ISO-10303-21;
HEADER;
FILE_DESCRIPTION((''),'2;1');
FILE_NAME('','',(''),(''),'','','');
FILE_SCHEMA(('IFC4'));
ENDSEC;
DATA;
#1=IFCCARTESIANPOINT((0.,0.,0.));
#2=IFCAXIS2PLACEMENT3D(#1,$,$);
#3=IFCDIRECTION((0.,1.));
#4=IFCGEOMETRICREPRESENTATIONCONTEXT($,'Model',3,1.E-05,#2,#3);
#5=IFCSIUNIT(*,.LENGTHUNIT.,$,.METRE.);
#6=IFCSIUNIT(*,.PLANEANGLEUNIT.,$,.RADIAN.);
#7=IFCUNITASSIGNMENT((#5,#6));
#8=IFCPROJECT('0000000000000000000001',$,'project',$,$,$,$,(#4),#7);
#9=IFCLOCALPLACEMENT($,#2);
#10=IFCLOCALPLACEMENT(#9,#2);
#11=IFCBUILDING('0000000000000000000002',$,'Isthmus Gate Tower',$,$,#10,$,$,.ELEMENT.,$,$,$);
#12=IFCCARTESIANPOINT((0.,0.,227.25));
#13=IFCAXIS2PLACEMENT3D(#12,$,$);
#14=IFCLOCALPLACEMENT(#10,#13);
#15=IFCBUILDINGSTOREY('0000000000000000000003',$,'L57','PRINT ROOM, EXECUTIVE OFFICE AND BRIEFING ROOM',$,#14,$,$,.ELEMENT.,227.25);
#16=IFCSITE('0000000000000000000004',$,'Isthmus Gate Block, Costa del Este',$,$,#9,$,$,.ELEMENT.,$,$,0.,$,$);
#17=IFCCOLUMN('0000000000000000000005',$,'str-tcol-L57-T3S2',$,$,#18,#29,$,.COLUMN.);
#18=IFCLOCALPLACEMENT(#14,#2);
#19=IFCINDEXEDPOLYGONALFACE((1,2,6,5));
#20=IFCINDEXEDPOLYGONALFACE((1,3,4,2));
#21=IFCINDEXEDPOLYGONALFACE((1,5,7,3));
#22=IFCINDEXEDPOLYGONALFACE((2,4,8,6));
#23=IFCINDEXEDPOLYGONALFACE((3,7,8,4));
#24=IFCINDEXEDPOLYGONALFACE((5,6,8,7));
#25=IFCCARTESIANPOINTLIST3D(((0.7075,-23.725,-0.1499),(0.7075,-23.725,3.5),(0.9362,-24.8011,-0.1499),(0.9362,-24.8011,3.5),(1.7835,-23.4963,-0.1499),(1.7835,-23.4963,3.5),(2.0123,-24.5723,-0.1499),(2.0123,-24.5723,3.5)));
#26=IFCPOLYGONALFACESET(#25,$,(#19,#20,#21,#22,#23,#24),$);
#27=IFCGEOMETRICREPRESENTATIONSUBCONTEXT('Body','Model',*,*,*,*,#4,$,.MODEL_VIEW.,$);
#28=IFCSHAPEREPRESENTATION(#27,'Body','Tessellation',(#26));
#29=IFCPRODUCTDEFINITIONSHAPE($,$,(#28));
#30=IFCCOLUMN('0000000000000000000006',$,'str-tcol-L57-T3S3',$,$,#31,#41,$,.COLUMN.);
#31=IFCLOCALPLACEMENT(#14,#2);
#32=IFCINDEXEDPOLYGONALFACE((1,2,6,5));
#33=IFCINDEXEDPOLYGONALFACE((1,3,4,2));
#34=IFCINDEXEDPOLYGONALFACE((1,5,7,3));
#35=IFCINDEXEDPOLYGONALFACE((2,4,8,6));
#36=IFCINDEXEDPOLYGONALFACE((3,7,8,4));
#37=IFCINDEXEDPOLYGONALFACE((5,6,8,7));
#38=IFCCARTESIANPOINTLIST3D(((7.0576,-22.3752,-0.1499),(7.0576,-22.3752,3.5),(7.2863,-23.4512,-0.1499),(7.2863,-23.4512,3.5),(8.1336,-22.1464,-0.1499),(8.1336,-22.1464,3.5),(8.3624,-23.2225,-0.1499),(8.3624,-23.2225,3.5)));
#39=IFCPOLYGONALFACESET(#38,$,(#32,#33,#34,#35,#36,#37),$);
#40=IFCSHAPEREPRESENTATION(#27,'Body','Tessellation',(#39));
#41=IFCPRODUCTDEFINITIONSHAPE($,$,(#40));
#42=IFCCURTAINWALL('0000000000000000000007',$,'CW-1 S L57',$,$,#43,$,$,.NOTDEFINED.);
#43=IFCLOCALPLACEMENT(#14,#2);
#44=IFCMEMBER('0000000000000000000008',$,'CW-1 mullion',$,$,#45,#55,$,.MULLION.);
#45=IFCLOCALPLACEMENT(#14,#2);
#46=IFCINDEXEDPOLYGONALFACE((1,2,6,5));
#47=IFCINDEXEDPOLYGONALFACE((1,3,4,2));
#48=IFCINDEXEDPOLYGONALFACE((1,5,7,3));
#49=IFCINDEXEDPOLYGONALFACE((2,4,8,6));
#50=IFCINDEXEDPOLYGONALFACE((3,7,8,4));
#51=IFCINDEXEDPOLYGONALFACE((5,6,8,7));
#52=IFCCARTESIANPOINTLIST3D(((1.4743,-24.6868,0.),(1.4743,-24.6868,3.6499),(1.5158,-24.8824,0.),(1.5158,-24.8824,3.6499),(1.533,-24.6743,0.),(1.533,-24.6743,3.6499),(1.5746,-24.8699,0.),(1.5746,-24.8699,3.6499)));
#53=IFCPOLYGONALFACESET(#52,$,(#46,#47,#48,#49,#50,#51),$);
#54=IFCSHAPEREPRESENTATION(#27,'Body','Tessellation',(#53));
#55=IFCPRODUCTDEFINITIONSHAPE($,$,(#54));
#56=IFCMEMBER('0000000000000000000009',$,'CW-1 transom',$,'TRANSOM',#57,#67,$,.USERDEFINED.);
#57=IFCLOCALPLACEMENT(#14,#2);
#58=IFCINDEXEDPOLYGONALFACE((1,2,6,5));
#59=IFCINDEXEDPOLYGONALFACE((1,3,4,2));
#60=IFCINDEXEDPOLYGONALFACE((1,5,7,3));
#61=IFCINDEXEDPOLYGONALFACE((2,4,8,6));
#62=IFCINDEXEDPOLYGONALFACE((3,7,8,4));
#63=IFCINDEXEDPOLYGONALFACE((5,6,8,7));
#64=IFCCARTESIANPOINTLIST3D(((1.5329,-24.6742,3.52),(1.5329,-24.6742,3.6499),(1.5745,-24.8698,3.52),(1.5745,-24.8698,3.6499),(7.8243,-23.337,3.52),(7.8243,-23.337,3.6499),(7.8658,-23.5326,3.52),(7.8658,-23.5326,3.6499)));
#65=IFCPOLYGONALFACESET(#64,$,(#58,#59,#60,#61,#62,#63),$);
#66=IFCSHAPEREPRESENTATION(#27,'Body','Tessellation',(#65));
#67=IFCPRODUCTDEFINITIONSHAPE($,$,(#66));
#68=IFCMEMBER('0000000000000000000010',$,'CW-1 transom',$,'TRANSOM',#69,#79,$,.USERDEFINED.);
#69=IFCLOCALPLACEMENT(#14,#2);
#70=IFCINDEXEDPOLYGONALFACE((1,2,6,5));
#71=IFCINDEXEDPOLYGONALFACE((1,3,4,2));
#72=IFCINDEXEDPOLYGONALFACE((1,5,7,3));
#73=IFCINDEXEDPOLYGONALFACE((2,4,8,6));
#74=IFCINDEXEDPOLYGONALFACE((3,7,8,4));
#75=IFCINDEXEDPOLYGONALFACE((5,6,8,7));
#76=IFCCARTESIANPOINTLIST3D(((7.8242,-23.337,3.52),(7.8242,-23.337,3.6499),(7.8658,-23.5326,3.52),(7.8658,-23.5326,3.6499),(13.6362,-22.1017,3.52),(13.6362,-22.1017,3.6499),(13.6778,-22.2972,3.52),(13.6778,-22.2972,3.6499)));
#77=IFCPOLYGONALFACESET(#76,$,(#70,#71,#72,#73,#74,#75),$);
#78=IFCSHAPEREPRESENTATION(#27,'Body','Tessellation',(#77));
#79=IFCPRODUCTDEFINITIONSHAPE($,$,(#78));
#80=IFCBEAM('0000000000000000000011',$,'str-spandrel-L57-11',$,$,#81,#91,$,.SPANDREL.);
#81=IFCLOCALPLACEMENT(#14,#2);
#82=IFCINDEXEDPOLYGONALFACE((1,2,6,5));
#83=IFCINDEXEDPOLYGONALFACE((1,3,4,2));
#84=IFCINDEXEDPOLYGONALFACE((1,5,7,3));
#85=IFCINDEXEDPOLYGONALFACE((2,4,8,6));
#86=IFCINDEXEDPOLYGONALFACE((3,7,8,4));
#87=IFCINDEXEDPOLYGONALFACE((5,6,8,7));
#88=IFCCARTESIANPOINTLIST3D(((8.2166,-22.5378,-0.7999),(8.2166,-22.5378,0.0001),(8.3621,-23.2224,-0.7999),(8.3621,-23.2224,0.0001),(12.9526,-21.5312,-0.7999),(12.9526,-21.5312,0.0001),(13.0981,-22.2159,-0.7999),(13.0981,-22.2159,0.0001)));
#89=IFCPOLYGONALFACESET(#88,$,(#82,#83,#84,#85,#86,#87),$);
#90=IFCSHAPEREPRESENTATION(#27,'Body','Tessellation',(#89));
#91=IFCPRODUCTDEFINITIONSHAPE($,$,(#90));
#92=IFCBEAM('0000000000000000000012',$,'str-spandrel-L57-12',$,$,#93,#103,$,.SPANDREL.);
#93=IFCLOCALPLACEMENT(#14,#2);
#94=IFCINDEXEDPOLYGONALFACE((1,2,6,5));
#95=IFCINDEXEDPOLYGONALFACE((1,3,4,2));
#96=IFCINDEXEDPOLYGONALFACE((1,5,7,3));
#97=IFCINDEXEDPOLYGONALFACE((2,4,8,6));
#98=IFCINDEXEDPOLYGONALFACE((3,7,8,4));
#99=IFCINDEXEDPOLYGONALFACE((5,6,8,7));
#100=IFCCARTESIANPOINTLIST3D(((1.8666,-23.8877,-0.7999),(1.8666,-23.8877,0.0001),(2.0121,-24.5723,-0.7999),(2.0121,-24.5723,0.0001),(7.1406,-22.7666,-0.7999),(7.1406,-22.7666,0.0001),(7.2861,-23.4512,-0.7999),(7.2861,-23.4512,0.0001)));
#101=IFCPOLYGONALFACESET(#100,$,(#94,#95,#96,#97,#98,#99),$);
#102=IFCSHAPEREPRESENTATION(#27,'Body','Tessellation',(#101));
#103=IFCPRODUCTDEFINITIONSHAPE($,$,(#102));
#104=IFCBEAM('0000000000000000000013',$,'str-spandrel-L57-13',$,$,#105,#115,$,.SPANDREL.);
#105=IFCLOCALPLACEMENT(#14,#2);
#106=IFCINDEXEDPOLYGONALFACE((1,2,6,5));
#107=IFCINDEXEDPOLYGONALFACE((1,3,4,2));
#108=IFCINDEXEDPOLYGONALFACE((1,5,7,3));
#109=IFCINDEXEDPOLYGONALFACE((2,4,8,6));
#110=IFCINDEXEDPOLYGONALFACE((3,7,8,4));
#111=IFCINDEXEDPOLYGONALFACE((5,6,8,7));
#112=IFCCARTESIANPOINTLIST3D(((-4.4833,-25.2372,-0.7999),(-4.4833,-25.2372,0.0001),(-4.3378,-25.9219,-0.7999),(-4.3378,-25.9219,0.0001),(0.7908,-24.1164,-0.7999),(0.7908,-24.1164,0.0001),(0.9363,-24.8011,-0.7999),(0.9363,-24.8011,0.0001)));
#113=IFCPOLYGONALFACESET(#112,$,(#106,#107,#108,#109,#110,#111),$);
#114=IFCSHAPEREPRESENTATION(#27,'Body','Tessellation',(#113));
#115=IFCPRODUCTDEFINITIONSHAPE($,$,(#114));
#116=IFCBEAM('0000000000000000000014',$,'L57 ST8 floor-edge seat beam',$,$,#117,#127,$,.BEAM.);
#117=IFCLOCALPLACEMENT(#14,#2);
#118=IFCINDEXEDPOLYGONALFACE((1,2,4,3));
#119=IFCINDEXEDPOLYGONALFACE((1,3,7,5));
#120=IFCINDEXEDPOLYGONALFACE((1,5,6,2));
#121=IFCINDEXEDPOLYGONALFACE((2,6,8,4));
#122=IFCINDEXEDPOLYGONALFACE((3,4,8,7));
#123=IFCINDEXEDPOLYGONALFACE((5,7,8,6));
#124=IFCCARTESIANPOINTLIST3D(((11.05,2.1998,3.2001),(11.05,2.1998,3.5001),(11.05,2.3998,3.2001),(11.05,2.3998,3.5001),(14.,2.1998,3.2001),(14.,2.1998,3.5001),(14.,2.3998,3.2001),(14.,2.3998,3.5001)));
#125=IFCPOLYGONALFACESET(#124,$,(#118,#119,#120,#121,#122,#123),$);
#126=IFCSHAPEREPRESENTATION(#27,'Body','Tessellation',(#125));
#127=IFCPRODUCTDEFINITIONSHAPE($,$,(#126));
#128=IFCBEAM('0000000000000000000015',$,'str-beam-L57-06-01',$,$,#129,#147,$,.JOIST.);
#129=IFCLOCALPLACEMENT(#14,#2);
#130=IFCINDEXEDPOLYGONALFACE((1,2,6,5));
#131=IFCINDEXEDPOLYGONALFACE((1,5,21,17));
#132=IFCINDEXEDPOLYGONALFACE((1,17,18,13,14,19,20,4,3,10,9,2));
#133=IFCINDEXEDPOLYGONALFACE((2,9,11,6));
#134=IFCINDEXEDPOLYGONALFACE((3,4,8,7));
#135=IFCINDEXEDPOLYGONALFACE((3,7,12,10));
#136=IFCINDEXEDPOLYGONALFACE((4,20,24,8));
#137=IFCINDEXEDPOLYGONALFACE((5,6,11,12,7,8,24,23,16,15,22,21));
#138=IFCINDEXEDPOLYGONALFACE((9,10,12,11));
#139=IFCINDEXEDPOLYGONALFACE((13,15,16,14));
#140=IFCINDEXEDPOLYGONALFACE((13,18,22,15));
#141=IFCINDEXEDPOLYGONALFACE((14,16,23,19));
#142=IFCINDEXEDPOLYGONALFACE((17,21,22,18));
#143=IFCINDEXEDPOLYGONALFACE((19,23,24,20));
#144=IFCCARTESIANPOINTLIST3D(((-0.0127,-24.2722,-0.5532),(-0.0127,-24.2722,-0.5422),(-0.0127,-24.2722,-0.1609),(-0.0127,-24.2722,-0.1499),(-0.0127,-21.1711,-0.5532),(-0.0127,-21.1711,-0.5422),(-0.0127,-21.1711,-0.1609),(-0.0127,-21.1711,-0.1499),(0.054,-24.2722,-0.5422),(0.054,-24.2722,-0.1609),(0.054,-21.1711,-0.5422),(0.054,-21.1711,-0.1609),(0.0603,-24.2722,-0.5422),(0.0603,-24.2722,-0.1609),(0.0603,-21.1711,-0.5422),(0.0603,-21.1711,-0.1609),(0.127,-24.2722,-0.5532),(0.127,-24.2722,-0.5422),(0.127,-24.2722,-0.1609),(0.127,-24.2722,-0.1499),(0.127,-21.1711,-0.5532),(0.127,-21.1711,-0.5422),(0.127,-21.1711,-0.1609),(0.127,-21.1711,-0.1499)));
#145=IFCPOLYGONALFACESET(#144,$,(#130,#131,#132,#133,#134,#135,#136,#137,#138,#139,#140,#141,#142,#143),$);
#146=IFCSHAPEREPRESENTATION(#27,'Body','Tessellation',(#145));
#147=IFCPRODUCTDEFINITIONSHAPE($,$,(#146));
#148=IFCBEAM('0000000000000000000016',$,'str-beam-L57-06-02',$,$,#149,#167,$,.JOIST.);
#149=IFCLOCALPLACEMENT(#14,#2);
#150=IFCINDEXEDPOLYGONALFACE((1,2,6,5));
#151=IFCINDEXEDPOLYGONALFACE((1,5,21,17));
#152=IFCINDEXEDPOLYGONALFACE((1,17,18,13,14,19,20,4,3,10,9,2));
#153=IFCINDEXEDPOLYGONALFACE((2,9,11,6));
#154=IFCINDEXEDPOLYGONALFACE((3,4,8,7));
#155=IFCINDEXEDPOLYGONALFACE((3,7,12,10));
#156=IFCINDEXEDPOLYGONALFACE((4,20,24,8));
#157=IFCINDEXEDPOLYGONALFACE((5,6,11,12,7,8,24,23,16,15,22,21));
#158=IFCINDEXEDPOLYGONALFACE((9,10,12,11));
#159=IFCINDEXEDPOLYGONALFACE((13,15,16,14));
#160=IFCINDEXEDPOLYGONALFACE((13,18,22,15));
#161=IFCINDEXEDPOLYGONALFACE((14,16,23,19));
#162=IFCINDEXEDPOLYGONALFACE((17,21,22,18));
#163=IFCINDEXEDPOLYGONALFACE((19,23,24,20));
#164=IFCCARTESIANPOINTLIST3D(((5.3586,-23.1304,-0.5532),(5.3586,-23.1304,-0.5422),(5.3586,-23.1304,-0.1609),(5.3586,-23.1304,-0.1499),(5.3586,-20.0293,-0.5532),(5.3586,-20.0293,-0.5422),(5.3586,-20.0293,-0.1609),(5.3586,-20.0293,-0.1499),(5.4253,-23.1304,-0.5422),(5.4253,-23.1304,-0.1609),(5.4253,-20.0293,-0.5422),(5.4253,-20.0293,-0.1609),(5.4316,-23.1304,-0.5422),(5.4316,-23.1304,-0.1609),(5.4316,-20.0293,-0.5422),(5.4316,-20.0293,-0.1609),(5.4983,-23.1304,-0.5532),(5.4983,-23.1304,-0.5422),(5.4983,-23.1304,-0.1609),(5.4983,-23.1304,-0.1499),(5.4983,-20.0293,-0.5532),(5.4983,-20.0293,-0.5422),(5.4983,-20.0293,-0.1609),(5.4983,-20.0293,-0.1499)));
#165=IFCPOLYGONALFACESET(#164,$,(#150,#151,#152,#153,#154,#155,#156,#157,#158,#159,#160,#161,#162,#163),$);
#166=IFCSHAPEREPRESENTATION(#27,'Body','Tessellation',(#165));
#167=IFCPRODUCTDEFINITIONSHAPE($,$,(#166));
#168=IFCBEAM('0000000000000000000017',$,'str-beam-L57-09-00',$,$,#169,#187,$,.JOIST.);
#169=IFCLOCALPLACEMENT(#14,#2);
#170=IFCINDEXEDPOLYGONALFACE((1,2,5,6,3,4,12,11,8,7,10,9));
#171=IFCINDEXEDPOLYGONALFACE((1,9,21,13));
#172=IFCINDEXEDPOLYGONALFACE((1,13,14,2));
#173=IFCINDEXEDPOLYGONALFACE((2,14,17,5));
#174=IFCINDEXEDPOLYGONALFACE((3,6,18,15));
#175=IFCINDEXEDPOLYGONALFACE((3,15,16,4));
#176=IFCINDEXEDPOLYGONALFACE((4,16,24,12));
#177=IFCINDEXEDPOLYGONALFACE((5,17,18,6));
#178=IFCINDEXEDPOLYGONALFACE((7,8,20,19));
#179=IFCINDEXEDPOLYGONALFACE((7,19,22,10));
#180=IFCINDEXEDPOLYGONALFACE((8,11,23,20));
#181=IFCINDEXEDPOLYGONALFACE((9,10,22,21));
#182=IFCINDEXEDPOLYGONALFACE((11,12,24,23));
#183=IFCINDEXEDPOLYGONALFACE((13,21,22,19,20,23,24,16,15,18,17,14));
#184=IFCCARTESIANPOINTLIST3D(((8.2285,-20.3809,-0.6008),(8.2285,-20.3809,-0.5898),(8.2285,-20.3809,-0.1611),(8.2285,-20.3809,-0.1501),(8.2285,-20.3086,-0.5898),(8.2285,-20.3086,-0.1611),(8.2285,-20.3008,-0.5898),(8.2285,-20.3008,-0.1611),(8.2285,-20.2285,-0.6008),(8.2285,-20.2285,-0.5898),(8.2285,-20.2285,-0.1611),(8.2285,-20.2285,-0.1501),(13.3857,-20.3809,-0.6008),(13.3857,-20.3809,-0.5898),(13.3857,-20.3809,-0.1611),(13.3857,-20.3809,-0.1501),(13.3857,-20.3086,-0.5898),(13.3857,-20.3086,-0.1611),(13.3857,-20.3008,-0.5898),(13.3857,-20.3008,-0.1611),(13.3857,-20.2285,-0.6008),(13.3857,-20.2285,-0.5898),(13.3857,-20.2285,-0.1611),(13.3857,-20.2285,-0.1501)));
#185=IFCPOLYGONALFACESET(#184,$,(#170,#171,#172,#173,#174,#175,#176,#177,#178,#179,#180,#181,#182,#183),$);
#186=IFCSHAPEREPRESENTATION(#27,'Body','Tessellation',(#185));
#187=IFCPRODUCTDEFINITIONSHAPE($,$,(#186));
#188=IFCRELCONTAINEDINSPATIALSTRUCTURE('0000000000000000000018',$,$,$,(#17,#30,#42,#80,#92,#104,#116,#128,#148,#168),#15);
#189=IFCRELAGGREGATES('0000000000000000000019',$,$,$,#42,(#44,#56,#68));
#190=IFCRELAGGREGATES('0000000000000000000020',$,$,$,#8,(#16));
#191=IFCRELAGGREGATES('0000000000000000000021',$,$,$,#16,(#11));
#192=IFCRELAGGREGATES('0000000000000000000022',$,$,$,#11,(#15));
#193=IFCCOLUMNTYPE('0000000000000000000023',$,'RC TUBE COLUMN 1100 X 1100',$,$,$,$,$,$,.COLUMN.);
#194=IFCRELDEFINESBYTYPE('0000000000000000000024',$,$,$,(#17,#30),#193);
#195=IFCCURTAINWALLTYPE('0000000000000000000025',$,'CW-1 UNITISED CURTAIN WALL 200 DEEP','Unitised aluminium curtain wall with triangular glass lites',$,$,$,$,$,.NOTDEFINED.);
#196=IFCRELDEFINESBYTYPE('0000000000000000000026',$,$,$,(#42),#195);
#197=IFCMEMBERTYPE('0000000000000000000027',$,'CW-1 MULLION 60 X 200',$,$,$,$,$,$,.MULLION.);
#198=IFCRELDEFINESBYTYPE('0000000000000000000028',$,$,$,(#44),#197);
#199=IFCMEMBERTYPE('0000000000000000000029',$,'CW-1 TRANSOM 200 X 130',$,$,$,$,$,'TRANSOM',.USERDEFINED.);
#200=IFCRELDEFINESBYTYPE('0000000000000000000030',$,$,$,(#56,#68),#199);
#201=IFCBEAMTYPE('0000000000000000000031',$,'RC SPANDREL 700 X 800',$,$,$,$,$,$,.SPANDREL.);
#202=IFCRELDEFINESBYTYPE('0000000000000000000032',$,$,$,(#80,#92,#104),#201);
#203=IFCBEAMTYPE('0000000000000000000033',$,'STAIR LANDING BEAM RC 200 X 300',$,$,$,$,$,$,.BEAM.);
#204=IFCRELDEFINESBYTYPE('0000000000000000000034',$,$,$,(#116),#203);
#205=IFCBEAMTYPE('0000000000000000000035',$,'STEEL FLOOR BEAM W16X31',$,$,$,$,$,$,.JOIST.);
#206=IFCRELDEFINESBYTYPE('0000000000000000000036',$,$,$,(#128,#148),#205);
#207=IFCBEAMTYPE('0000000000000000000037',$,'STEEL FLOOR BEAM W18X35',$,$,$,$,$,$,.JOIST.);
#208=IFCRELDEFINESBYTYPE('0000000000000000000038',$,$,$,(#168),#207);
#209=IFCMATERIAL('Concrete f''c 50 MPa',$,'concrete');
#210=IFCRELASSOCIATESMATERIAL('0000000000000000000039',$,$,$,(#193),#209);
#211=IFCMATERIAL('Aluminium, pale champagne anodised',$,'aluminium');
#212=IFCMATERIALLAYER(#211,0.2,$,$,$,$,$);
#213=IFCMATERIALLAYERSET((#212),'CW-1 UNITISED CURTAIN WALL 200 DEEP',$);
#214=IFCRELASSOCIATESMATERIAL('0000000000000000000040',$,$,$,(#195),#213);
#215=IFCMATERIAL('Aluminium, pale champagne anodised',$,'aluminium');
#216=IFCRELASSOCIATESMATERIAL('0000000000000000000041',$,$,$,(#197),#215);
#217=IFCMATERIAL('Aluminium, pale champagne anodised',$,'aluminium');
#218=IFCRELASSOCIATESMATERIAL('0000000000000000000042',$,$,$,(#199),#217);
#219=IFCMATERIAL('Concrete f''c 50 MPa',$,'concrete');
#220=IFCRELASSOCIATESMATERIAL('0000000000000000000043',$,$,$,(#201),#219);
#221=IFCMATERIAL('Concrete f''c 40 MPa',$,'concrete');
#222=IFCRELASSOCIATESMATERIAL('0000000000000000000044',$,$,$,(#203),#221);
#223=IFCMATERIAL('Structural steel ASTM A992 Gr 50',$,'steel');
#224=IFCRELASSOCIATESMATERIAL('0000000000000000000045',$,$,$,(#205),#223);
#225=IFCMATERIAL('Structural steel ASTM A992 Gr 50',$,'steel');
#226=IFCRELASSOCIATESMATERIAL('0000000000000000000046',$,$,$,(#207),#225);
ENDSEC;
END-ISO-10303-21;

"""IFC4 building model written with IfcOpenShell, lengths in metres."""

from ifc_helpers import new_model, si_unit, direction, frame, origin, origin_2d, place, context, subcontext, project, spatial, rectangle, i_section, extrude, material, layer, layer_set, material_profile, profile_set, type_object, element, aggregate, save


model = new_model("IFC4")

# Units and contexts
model_context = context("Model", 3, precision=1e-05, world=origin(), true_north=direction((0.0, 1.0)))
body_context = subcontext(model_context, "Body", "Model", "MODEL_VIEW")
ifc_project = project(units=[si_unit("LENGTHUNIT", "METRE"), si_unit("PLANEANGLEUNIT", "RADIAN")], contexts=[model_context])

# Site, building, storey
site_placement = place(None, origin())
site = spatial("IfcSite", under=ifc_project, at=site_placement, Name="Isthmus Gate Block, Costa del Este", CompositionType="ELEMENT", RefElevation=0.0)
building_placement = place(site_placement, origin())
building = spatial("IfcBuilding", under=site, at=building_placement, Name="Isthmus Gate Tower", CompositionType="ELEMENT")
storey_placement = place(building_placement, frame((0.0, 0.0, 227.25)))
storey = spatial("IfcBuildingStorey", under=building, at=storey_placement, Name="L57", Description="PRINT ROOM, EXECUTIVE OFFICE AND BRIEFING ROOM", CompositionType="ELEMENT", Elevation=227.25)

# Columns
ifc_material_1 = material(Name="Concrete f'c 50 MPa", Category="concrete")
ifc_material_profile_1 = material_profile(ifc_material_1, rectangle(XDim=1.1001, YDim=1.1001, at=origin_2d()), Name="RC 1100X1100")
ifc_profile_set_1 = profile_set([ifc_material_profile_1], Name="Concrete f'c 50 MPa")
column_type = type_object("IfcColumnType", Name="RC TUBE COLUMN 1100 X 1100", PredefinedType="COLUMN", material=ifc_profile_set_1)
for number, where, z_axis, x_axis, name in (
    (1, (1.3599, -24.1487, -0.1499), (0.0, 0.0, 1.0), (0.978148, 0.207912, 0.0), "str-tcol-L57-T3S2"),
    (2, (7.71, -22.7988, -0.1499), (0.0, 0.0, 1.0), (0.978148, 0.207912, 0.0), "str-tcol-L57-T3S3"),
):
    element("IfcColumn", number, at=place(storey_placement, frame(where, z_axis=z_axis, x_axis=x_axis)), inside=storey, type_object=column_type, Name=name, PredefinedType="COLUMN", context=body_context, shape_type="SweptSolid", body=[
        extrude(rectangle(XDim=1.1001, YDim=1.1001, at=origin_2d()), origin(), (0.0, 0.0, 1.0), 3.6499),
    ])

# Curtain wall, members
ifc_material_2 = material(Name="Aluminium, pale champagne anodised", Category="aluminium")
ifc_layer_1 = layer(ifc_material_2, 0.2)
ifc_layer_set_1 = layer_set([ifc_layer_1], Name="CW-1 UNITISED CURTAIN WALL 200 DEEP")
curtain_wall_type = type_object("IfcCurtainWallType", Name="CW-1 UNITISED CURTAIN WALL 200 DEEP", Description="Unitised aluminium curtain wall with triangular glass lites", PredefinedType="NOTDEFINED", material=ifc_layer_set_1)
curtain_wall_placement = place(storey_placement, origin())
curtain_wall = element("IfcCurtainWall", 3, at=curtain_wall_placement, inside=storey, type_object=curtain_wall_type, Name="CW-1 S L57", PredefinedType="NOTDEFINED")
ifc_material_3 = material(Name="Aluminium, pale champagne anodised", Category="aluminium")
ifc_material_profile_2 = material_profile(ifc_material_3, rectangle(XDim=0.0601, YDim=0.2, at=origin_2d()), Name="60x200")
ifc_profile_set_2 = profile_set([ifc_material_profile_2], Name="Aluminium, pale champagne anodised")
member_type_1 = type_object("IfcMemberType", Name="CW-1 MULLION 60 X 200", PredefinedType="MULLION", material=ifc_profile_set_2)
member_1_placement = place(storey_placement, frame((1.5244, -24.7783, 0.0), z_axis=(0.0, 0.0, 1.0), x_axis=(0.978148, 0.207912, 0.0)))
member_1 = element("IfcMember", 4, at=member_1_placement, type_object=member_type_1, Name="CW-1 mullion", PredefinedType="MULLION", context=body_context, shape_type="SweptSolid", body=[
    extrude(rectangle(XDim=0.0601, YDim=0.2, at=origin_2d()), origin(), (0.0, 0.0, 1.0), 3.6499),
])
ifc_material_4 = material(Name="Aluminium, pale champagne anodised", Category="aluminium")
ifc_material_profile_3 = material_profile(ifc_material_4, rectangle(XDim=0.2, YDim=0.1299, at=origin_2d()), Name="200x130")
ifc_profile_set_3 = profile_set([ifc_material_profile_3], Name="Aluminium, pale champagne anodised")
member_type_2 = type_object("IfcMemberType", Name="CW-1 TRANSOM 200 X 130", ElementType="TRANSOM", PredefinedType="USERDEFINED", material=ifc_profile_set_3)
member_2_placement = place(storey_placement, frame((1.5537, -24.772, 3.585), z_axis=(0.97815, 0.207898, 0.0), x_axis=(-0.207898, 0.97815, 0.0)))
member_2 = element("IfcMember", 5, at=member_2_placement, type_object=member_type_2, Name="CW-1 transom", ObjectType="TRANSOM", PredefinedType="USERDEFINED", context=body_context, shape_type="SweptSolid", body=[
    extrude(rectangle(XDim=0.2, YDim=0.1299, at=origin_2d()), origin(), (0.0, 0.0, 1.0), 6.4319),
])
member_3_placement = place(storey_placement, frame((7.845, -23.4348, 3.585), z_axis=(0.978149, 0.207907, 0.0), x_axis=(-0.207907, 0.978149, 0.0)))
member_3 = element("IfcMember", 6, at=member_3_placement, type_object=member_type_2, Name="CW-1 transom", ObjectType="TRANSOM", PredefinedType="USERDEFINED", context=body_context, shape_type="SweptSolid", body=[
    extrude(rectangle(XDim=0.2, YDim=0.1299, at=origin_2d()), origin(), (0.0, 0.0, 1.0), 5.9419),
])

# Beams
ifc_material_5 = material(Name="Concrete f'c 50 MPa", Category="concrete")
ifc_material_profile_4 = material_profile(ifc_material_5, rectangle(XDim=0.7, YDim=0.8, at=origin_2d()), Name="RC 700X800")
ifc_profile_set_4 = profile_set([ifc_material_profile_4], Name="Concrete f'c 50 MPa")
beam_type_1 = type_object("IfcBeamType", Name="RC SPANDREL 700 X 800", PredefinedType="SPANDREL", material=ifc_profile_set_4)
beam_1_placement = place(storey_placement, frame((13.0254, -21.8735, -0.3999), z_axis=(-0.978152, -0.207893, 0.0), x_axis=(0.207893, -0.978152, 0.0)))
element("IfcBeam", 7, at=beam_1_placement, inside=storey, type_object=beam_type_1, Name="str-spandrel-L57-11", PredefinedType="SPANDREL", context=body_context, shape_type="SweptSolid", body=[
    extrude(rectangle(XDim=0.7, YDim=0.8, at=origin_2d()), origin(), (0.0, 0.0, 1.0), 4.8418),
])
for number, where, z_axis, x_axis, name in (
    (8, (7.2134, -23.1089, -0.3999), (-0.978144, -0.207927, 0.0), (0.207927, -0.978144, 0.0), "str-spandrel-L57-12"),
    (9, (0.8635, -24.4587, -0.3999), (-0.978156, -0.207874, 0.0), (0.207874, -0.978156, 0.0), "str-spandrel-L57-13"),
):
    element("IfcBeam", number, at=place(storey_placement, frame(where, z_axis=z_axis, x_axis=x_axis)), inside=storey, type_object=beam_type_1, Name=name, PredefinedType="SPANDREL", context=body_context, shape_type="SweptSolid", body=[
        extrude(rectangle(XDim=0.7, YDim=0.8, at=origin_2d()), origin(), (0.0, 0.0, 1.0), 5.3918),
    ])
ifc_material_6 = material(Name="Concrete f'c 40 MPa", Category="concrete")
ifc_material_profile_5 = material_profile(ifc_material_6, rectangle(XDim=0.2, YDim=0.3, at=origin_2d()), Name="STAIR LANDING BEAM RC 200 X 300")
ifc_profile_set_5 = profile_set([ifc_material_profile_5], Name="Concrete f'c 40 MPa")
beam_type_2 = type_object("IfcBeamType", Name="STAIR LANDING BEAM RC 200 X 300", PredefinedType="BEAM", material=ifc_profile_set_5)
beam_2_placement = place(storey_placement, frame((11.05, 2.2998, 3.3501), z_axis=(1.0, 0.0, 0.0), x_axis=(0.0, 1.0, 0.0)))
element("IfcBeam", 10, at=beam_2_placement, inside=storey, type_object=beam_type_2, Name="L57 ST8 floor-edge seat beam", PredefinedType="BEAM", context=body_context, shape_type="SweptSolid", body=[
    extrude(rectangle(XDim=0.2, YDim=0.3, at=origin_2d()), origin(), (0.0, 0.0, 1.0), 2.95),
])
ifc_material_7 = material(Name="Structural steel ASTM A992 Gr 50", Category="steel")
ifc_material_profile_6 = material_profile(ifc_material_7, i_section(OverallWidth=0.1396, OverallDepth=0.4033, WebThickness=0.0063, FlangeThickness=0.011, at=origin_2d()), Name="W16X31")
ifc_profile_set_6 = profile_set([ifc_material_profile_6], Name="Structural steel ASTM A992 Gr 50")
beam_type_3 = type_object("IfcBeamType", Name="STEEL FLOOR BEAM W16X31", PredefinedType="JOIST", material=ifc_profile_set_6)
for number, where, z_axis, x_axis, name in (
    (11, (0.0571, -24.2722, -0.3516), (0.0, 1.0, 0.0), (-1.0, 0.0, 0.0), "str-beam-L57-06-01"),
    (12, (5.4285, -23.1304, -0.3516), (0.0, 1.0, 0.0), (-1.0, 0.0, 0.0), "str-beam-L57-06-02"),
):
    element("IfcBeam", number, at=place(storey_placement, frame(where, z_axis=z_axis, x_axis=x_axis)), inside=storey, type_object=beam_type_3, Name=name, PredefinedType="JOIST", context=body_context, shape_type="SweptSolid", body=[
        extrude(i_section(OverallWidth=0.1396, OverallDepth=0.4033, WebThickness=0.0063, FlangeThickness=0.011, at=origin_2d()), origin(), (0.0, 0.0, 1.0), 3.1011),
    ])
ifc_material_8 = material(Name="Structural steel ASTM A992 Gr 50", Category="steel")
ifc_material_profile_7 = material_profile(ifc_material_8, i_section(OverallWidth=0.1523, OverallDepth=0.4507, WebThickness=0.0078, FlangeThickness=0.011, at=origin_2d()), Name="W18X35")
ifc_profile_set_7 = profile_set([ifc_material_profile_7], Name="Structural steel ASTM A992 Gr 50")
beam_type_4 = type_object("IfcBeamType", Name="STEEL FLOOR BEAM W18X35", PredefinedType="JOIST", material=ifc_profile_set_7)
for number, where, z_axis, x_axis, name in (
    (13, (8.2285, -20.3047, -0.3755), (1.0, 0.0, 0.0), (0.0, 1.0, 0.0), "str-beam-L57-09-00"),
):
    element("IfcBeam", number, at=place(storey_placement, frame(where, z_axis=z_axis, x_axis=x_axis)), inside=storey, type_object=beam_type_4, Name=name, PredefinedType="JOIST", context=body_context, shape_type="SweptSolid", body=[
        extrude(i_section(OverallWidth=0.1523, OverallDepth=0.4507, WebThickness=0.0078, FlangeThickness=0.011, at=origin_2d()), origin(), (0.0, 0.0, 1.0), 5.1572),
    ])

aggregate(curtain_wall, [member_1, member_2, member_3])

save(model, "model.ifc")
